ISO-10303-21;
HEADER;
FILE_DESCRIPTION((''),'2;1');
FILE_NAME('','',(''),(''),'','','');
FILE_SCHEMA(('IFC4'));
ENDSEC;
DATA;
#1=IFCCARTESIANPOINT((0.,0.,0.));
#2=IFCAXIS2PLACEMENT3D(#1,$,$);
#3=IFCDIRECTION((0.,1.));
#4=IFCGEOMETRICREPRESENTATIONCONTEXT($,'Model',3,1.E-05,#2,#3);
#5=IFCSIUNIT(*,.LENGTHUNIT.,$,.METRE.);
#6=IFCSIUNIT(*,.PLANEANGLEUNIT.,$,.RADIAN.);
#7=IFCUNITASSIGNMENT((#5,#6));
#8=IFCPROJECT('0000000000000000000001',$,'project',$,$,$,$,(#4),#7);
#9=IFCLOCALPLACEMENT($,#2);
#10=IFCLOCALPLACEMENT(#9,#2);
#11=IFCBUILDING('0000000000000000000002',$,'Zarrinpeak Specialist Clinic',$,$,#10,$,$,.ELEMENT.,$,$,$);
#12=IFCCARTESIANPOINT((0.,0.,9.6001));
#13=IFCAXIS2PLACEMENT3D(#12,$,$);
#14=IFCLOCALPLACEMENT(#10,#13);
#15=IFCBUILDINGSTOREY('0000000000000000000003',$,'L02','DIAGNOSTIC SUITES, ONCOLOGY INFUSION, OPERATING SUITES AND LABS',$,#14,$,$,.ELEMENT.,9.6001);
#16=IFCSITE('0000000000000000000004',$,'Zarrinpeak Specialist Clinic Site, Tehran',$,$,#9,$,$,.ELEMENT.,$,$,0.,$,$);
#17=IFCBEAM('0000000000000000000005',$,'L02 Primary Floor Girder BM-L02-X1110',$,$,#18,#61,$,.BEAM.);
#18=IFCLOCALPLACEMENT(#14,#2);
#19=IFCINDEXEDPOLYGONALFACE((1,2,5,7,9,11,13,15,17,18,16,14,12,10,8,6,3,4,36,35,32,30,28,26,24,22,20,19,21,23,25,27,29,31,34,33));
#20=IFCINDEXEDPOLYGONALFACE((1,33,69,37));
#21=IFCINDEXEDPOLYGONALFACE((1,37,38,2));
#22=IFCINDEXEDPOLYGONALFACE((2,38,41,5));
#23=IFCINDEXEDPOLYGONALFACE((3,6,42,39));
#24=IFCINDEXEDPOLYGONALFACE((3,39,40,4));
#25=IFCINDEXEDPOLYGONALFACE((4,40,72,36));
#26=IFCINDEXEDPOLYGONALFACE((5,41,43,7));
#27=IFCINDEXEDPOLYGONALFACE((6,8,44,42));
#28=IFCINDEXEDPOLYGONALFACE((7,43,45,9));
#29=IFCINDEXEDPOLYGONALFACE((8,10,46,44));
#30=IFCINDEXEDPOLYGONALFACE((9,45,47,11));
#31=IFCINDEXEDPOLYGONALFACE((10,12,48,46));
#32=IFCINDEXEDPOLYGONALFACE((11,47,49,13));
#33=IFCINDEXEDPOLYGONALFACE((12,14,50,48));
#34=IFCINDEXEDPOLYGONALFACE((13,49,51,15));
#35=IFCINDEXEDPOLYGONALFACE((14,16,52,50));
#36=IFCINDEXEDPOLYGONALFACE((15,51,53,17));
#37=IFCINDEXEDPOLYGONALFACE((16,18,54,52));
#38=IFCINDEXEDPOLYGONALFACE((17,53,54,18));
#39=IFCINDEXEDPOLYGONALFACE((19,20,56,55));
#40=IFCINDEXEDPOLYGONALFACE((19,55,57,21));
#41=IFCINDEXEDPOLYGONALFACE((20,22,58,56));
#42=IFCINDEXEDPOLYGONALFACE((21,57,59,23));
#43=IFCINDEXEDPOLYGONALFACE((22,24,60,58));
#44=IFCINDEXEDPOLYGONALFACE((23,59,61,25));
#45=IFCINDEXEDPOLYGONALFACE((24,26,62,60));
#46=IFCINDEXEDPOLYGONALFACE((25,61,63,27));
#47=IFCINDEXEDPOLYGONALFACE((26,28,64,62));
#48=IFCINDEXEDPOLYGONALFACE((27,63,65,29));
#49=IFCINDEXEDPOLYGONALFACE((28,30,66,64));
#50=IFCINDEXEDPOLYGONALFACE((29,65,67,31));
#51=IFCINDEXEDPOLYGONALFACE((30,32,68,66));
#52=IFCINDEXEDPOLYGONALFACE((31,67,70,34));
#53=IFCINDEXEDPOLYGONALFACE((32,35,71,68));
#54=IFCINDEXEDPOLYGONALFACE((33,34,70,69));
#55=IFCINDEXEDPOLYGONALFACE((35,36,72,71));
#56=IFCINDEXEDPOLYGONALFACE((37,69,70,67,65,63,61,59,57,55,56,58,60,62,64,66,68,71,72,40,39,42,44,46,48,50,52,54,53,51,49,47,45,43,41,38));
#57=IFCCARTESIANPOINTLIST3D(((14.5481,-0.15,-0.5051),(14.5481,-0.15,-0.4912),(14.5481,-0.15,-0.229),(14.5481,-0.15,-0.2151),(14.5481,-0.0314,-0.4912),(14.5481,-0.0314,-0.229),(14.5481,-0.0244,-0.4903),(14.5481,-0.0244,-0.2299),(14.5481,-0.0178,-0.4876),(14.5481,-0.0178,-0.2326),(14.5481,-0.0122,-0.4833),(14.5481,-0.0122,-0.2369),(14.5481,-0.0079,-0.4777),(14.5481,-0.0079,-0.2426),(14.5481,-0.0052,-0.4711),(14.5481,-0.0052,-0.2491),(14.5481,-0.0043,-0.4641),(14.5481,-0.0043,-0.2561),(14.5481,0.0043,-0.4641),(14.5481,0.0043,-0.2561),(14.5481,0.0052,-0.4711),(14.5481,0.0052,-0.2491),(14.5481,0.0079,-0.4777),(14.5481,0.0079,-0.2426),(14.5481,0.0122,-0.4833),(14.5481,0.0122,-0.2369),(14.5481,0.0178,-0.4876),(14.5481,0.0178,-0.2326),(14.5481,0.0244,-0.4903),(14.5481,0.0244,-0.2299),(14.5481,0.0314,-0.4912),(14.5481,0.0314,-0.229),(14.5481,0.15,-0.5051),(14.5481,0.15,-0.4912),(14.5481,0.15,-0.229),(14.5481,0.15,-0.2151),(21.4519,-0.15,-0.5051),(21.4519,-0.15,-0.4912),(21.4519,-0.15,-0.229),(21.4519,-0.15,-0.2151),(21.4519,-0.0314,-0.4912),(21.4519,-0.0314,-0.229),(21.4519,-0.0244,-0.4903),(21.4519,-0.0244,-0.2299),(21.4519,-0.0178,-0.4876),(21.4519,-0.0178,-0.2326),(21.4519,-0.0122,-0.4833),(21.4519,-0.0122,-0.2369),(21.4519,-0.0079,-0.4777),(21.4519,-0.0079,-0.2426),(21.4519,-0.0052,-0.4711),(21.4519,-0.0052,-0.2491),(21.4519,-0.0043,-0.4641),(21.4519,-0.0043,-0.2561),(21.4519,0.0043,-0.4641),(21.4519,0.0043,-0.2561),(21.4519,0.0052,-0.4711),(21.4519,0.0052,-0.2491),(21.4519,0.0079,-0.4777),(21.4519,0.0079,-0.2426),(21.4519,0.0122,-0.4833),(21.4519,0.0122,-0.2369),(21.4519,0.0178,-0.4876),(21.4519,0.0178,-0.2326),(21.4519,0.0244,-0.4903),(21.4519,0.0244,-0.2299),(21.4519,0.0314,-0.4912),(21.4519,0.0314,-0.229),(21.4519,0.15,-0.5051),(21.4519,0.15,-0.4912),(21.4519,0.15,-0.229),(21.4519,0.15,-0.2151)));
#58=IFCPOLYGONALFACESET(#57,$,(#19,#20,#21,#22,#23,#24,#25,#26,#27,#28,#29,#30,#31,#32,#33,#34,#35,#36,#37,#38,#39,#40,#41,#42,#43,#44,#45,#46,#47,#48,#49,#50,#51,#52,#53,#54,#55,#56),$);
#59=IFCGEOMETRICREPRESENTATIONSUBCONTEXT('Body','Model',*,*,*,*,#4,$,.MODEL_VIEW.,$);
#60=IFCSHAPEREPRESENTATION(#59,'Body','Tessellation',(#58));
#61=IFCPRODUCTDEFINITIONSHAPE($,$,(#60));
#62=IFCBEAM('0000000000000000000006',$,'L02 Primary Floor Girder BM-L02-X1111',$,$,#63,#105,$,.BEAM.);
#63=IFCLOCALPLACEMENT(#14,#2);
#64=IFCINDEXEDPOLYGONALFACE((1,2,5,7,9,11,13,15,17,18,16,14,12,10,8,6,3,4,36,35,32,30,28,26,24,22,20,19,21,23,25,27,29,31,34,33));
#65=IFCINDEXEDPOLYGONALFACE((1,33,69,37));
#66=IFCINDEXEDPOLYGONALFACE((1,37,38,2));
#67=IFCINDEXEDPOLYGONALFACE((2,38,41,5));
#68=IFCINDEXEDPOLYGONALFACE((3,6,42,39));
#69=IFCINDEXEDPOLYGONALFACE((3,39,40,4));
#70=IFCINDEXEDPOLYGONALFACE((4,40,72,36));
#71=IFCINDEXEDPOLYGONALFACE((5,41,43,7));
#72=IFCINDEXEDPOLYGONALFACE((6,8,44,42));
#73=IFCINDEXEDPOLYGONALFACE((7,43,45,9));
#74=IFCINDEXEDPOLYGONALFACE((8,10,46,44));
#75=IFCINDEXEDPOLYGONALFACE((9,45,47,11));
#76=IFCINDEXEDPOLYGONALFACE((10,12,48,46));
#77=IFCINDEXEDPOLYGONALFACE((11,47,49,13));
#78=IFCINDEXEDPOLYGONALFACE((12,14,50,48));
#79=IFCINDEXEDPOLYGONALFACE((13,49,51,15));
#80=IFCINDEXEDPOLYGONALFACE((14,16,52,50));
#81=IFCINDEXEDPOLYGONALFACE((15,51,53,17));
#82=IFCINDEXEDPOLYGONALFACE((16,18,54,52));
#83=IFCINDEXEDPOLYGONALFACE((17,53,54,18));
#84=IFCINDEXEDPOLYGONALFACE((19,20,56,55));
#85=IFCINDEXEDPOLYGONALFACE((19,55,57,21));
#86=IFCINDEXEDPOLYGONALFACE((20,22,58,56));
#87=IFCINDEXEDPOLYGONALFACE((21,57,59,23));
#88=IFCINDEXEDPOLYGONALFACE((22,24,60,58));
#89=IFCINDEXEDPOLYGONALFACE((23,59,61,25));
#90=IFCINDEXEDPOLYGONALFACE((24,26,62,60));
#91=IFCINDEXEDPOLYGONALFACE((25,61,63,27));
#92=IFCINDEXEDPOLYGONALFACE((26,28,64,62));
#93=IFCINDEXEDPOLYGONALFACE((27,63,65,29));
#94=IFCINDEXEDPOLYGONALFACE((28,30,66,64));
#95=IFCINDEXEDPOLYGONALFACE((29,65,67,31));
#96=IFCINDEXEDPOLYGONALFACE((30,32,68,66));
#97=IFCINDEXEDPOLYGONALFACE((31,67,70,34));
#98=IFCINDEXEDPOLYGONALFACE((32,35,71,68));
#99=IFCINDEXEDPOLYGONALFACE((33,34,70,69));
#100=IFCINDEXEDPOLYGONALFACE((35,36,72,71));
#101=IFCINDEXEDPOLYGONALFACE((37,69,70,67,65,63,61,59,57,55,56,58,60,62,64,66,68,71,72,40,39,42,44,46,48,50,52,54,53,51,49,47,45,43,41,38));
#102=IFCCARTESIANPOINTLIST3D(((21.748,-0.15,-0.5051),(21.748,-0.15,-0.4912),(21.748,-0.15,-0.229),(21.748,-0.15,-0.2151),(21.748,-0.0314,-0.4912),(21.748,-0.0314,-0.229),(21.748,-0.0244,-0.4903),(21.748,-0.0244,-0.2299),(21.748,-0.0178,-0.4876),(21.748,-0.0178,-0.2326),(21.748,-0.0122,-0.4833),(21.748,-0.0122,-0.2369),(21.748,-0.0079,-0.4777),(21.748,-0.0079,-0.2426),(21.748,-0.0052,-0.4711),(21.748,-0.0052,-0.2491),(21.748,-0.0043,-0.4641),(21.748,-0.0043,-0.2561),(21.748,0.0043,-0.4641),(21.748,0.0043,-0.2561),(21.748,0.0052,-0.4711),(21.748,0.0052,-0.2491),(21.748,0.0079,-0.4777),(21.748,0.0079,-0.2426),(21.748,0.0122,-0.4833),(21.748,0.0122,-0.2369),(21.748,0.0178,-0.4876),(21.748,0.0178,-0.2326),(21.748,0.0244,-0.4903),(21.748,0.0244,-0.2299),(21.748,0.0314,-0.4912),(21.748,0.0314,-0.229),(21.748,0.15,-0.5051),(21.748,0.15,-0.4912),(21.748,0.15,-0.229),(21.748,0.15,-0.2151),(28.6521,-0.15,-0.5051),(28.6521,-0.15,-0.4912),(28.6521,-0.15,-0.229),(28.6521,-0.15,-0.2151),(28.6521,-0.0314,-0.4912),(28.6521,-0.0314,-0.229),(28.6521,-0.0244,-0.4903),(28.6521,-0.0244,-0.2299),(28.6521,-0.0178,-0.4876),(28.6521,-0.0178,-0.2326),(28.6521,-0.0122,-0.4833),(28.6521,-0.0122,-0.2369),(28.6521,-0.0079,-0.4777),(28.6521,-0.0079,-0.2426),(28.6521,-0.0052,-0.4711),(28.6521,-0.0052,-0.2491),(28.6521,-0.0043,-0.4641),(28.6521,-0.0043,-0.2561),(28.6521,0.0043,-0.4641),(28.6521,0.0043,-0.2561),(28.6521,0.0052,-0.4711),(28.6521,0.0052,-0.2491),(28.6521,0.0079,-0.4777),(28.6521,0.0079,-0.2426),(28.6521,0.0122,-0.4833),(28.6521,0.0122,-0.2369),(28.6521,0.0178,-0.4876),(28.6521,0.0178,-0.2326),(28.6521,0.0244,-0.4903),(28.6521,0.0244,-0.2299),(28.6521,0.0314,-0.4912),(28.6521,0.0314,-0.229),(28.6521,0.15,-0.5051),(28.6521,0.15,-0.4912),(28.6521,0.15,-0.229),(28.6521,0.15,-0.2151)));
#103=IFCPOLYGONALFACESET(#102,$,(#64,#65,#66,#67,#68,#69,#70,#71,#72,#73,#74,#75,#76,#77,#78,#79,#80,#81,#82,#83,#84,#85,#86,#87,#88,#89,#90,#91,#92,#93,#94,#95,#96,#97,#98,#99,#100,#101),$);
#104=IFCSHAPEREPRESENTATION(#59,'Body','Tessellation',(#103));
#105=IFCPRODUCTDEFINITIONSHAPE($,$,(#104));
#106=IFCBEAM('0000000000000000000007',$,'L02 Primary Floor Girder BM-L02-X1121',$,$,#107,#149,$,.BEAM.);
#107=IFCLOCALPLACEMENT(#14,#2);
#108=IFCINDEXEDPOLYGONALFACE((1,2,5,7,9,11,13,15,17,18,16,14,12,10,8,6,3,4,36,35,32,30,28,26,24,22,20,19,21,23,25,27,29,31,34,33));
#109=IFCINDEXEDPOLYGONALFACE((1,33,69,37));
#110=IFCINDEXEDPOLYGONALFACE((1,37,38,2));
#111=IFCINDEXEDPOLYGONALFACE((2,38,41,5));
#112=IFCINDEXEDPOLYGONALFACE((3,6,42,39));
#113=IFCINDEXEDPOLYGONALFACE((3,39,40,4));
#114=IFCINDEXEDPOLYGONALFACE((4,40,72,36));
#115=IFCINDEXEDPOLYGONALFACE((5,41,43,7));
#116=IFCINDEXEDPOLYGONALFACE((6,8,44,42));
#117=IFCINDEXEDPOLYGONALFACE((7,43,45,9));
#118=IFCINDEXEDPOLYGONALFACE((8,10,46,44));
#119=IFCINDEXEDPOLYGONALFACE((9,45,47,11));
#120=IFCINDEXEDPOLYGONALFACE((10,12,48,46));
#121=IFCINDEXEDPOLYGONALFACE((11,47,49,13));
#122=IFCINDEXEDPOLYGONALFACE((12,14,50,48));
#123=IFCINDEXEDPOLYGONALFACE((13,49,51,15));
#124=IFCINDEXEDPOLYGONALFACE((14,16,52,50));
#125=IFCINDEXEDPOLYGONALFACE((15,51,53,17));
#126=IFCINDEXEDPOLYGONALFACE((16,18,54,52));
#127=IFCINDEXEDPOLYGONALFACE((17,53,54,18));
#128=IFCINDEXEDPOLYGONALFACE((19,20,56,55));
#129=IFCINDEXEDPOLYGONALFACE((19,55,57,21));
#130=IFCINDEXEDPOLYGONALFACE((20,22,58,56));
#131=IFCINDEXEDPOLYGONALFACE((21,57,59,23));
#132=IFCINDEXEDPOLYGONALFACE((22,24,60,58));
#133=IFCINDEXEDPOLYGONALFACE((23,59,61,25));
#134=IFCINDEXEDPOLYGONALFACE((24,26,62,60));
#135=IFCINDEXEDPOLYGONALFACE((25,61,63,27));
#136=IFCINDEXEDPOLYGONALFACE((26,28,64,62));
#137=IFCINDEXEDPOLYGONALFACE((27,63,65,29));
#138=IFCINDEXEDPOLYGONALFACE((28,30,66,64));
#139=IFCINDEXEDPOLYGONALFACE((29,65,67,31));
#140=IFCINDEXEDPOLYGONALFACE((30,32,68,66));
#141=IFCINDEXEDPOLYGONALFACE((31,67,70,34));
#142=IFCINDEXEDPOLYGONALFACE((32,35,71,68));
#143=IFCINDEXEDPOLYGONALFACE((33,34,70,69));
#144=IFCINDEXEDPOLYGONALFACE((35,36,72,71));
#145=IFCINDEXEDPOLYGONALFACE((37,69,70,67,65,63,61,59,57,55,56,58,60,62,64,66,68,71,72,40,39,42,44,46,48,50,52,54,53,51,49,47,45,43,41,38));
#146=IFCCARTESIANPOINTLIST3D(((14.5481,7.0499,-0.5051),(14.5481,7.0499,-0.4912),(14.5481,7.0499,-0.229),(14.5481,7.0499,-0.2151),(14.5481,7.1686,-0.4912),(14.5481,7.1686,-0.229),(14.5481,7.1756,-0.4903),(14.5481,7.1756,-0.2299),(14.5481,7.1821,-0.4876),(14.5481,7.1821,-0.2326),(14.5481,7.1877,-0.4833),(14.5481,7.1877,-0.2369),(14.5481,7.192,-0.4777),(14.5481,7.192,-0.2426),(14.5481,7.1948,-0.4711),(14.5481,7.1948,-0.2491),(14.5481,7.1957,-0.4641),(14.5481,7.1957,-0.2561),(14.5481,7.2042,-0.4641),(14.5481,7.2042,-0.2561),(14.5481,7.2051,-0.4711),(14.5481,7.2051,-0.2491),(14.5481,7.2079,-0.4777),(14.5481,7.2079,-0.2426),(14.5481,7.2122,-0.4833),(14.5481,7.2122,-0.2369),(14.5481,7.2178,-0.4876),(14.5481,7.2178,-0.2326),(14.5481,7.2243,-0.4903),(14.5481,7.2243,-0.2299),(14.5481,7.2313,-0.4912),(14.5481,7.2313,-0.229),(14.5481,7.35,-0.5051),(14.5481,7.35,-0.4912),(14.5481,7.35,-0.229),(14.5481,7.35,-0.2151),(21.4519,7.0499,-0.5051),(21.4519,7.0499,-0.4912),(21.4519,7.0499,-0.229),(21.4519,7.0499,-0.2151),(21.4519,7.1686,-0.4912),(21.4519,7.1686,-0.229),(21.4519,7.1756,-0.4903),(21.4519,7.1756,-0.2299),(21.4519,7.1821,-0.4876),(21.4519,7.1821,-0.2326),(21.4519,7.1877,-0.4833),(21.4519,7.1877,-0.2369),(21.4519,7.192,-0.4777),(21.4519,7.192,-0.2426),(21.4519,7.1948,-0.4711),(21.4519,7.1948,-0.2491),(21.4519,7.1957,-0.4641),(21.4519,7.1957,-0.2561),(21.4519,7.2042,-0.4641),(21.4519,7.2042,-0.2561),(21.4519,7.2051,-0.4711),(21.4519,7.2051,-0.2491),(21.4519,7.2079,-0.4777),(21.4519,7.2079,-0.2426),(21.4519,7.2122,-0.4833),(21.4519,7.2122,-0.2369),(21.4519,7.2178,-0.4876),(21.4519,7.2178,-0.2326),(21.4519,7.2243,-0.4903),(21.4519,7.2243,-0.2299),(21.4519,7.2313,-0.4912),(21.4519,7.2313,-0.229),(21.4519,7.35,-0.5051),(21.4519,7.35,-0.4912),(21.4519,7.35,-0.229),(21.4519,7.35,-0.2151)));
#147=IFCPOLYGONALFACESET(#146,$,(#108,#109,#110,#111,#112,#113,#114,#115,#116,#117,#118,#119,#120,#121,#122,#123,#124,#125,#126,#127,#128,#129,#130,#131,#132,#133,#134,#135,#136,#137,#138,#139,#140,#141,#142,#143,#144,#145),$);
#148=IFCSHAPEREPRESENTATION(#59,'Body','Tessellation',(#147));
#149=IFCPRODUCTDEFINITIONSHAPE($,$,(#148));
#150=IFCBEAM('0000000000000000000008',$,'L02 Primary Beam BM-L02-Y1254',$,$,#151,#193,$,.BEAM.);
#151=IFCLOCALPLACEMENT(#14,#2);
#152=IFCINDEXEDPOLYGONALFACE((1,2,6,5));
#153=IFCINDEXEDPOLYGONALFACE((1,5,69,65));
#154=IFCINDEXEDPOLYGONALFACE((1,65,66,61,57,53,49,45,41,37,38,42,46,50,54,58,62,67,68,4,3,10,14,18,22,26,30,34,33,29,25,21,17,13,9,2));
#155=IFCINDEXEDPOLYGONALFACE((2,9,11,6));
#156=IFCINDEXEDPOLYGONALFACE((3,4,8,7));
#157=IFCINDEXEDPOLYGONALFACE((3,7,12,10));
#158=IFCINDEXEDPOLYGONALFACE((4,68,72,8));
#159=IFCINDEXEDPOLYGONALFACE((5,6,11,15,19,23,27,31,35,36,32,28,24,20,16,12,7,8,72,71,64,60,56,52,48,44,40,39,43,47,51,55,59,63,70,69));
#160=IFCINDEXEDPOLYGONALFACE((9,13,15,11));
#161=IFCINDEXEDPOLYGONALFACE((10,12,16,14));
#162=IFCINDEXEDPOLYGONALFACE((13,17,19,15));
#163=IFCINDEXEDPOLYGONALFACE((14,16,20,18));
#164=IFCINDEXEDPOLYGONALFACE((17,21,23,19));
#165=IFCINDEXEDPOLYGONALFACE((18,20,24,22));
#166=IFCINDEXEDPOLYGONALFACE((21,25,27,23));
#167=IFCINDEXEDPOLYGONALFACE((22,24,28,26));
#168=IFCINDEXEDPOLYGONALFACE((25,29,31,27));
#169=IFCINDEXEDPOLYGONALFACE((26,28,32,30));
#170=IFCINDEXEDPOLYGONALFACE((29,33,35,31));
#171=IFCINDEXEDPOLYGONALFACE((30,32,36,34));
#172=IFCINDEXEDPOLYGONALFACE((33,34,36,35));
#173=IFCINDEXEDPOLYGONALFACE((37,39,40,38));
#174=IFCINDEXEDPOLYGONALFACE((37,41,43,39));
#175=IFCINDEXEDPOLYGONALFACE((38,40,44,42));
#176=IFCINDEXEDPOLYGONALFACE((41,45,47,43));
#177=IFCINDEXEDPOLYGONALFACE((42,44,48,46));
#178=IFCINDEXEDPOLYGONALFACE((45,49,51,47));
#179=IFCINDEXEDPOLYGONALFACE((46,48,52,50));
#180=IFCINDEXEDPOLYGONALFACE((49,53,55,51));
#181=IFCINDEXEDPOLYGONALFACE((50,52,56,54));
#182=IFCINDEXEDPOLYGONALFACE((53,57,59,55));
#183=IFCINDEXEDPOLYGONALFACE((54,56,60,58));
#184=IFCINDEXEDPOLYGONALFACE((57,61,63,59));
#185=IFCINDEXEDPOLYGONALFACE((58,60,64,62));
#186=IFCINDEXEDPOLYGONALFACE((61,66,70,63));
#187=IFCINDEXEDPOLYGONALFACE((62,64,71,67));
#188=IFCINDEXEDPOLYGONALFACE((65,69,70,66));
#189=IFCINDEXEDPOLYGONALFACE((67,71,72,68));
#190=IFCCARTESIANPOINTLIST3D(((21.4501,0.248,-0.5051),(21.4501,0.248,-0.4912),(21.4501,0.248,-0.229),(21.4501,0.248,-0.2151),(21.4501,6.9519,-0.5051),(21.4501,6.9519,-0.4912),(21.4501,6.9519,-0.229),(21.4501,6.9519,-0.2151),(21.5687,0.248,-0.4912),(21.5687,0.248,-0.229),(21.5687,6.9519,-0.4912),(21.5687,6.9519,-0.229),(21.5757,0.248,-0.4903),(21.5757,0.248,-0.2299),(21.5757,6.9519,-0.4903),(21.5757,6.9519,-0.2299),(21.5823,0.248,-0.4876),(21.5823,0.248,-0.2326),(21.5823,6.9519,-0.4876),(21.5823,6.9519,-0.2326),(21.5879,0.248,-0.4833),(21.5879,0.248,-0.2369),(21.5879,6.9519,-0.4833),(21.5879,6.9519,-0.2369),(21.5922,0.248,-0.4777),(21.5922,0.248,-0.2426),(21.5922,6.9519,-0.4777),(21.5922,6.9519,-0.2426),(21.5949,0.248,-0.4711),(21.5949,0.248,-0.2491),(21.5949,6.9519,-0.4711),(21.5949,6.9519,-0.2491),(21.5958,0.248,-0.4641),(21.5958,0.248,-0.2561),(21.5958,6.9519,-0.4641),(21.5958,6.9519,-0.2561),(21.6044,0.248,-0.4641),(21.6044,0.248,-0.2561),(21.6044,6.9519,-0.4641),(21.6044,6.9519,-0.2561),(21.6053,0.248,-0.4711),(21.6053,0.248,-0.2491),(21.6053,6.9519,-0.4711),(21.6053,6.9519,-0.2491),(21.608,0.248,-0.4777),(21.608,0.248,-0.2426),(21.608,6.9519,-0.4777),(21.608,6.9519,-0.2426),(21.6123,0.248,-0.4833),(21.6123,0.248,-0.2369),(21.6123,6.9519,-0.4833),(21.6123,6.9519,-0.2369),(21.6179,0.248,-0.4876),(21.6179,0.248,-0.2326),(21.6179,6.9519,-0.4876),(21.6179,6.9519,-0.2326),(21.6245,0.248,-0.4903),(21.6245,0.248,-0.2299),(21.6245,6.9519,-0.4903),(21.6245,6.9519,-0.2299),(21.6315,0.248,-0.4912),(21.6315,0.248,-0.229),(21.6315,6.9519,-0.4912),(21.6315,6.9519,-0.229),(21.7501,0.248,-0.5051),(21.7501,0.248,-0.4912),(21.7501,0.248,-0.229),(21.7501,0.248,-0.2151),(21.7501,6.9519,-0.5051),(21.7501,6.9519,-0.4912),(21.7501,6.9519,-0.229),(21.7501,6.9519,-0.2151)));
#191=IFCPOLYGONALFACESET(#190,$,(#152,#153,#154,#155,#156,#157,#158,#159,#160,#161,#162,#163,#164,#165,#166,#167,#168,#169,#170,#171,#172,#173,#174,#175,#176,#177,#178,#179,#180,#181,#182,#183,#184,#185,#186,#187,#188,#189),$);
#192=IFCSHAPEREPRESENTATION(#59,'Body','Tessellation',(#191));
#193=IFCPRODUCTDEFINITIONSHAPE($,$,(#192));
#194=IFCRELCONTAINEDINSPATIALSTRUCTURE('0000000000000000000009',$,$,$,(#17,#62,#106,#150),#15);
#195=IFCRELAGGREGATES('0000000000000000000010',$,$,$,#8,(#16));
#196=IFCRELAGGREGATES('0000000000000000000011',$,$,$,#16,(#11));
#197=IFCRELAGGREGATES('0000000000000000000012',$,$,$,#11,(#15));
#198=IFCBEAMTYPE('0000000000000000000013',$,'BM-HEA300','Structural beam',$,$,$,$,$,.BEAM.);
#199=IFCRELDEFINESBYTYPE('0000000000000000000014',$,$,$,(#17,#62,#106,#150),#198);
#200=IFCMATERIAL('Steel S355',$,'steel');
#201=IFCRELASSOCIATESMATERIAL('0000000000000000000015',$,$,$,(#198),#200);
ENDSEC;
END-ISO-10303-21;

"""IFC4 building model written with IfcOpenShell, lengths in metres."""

from ifc_helpers import new_model, si_unit, direction, frame, origin, origin_2d, place, context, subcontext, project, spatial, i_section, extrude, material, material_profile, profile_set, type_object, element, save


model = new_model("IFC4")

# Units and contexts
model_context = context("Model", 3, precision=1e-05, world=origin(), true_north=direction((0.0, 1.0)))
body_context = subcontext(model_context, "Body", "Model", "MODEL_VIEW")
ifc_project = project(units=[si_unit("LENGTHUNIT", "METRE"), si_unit("PLANEANGLEUNIT", "RADIAN")], contexts=[model_context])

# Site, building, storey
site_placement = place(None, origin())
site = spatial("IfcSite", under=ifc_project, at=site_placement, Name="Zarrinpeak Specialist Clinic Site, Tehran", CompositionType="ELEMENT", RefElevation=0.0)
building_placement = place(site_placement, origin())
building = spatial("IfcBuilding", under=site, at=building_placement, Name="Zarrinpeak Specialist Clinic", CompositionType="ELEMENT")
storey_placement = place(building_placement, frame((0.0, 0.0, 9.6001)))
storey = spatial("IfcBuildingStorey", under=building, at=storey_placement, Name="L02", Description="DIAGNOSTIC SUITES, ONCOLOGY INFUSION, OPERATING SUITES AND LABS", CompositionType="ELEMENT", Elevation=9.6001)

# Shared definitions
ifc_material_1 = material(Name="Steel S355", Category="steel")

# Beams
ifc_material_profile_1 = material_profile(ifc_material_1, i_section(OverallWidth=0.3, OverallDepth=0.29, WebThickness=0.0085, FlangeThickness=0.0139, FilletRadius=0.0271, at=origin_2d()), Name="HEA 300")
ifc_profile_set_1 = profile_set([ifc_material_profile_1], Name="Steel S355")
beam_type_1 = type_object("IfcBeamType", Name="BM-HEA300", Description="Structural beam", PredefinedType="BEAM", material=ifc_profile_set_1)
beam_1_placement = place(storey_placement, frame((14.5481, 0.0, -0.3601), z_axis=(1.0, 0.0, 0.0), x_axis=(0.0, 1.0, 0.0)))
element("IfcBeam", 1, at=beam_1_placement, inside=storey, type_object=beam_type_1, Name="L02 Primary Floor Girder BM-L02-X1110", PredefinedType="BEAM", context=body_context, shape_type="SweptSolid", body=[
    extrude(i_section(OverallWidth=0.3, OverallDepth=0.29, WebThickness=0.0085, FlangeThickness=0.0139, FilletRadius=0.0271, at=origin_2d()), origin(), (0.0, 0.0, 1.0), 6.9038),
])
beam_2_placement = place(storey_placement, frame((21.748, 0.0, -0.3601), z_axis=(1.0, 0.0, 0.0), x_axis=(0.0, 1.0, 0.0)))
element("IfcBeam", 2, at=beam_2_placement, inside=storey, type_object=beam_type_1, Name="L02 Primary Floor Girder BM-L02-X1111", PredefinedType="BEAM", context=body_context, shape_type="SweptSolid", body=[
    extrude(i_section(OverallWidth=0.3, OverallDepth=0.29, WebThickness=0.0085, FlangeThickness=0.0139, FilletRadius=0.0271, at=origin_2d()), origin(), (0.0, 0.0, 1.0), 6.9041),
])
beam_3_placement = place(storey_placement, frame((14.5481, 7.2, -0.3601), z_axis=(1.0, 0.0, 0.0), x_axis=(0.0, 1.0, 0.0)))
element("IfcBeam", 3, at=beam_3_placement, inside=storey, type_object=beam_type_1, Name="L02 Primary Floor Girder BM-L02-X1121", PredefinedType="BEAM", context=body_context, shape_type="SweptSolid", body=[
    extrude(i_section(OverallWidth=0.3, OverallDepth=0.29, WebThickness=0.0085, FlangeThickness=0.0139, FilletRadius=0.0271, at=origin_2d()), origin(), (0.0, 0.0, 1.0), 6.9038),
])
beam_4_placement = place(storey_placement, frame((21.6001, 0.248, -0.3601), z_axis=(0.0, 1.0, 0.0), x_axis=(-1.0, 0.0, 0.0)))
element("IfcBeam", 4, at=beam_4_placement, inside=storey, type_object=beam_type_1, Name="L02 Primary Beam BM-L02-Y1254", PredefinedType="BEAM", context=body_context, shape_type="SweptSolid", body=[
    extrude(i_section(OverallWidth=0.3, OverallDepth=0.29, WebThickness=0.0085, FlangeThickness=0.0139, FilletRadius=0.0271, at=origin_2d()), origin(), (0.0, 0.0, 1.0), 6.7039),
])

save(model, "model.ifc")
